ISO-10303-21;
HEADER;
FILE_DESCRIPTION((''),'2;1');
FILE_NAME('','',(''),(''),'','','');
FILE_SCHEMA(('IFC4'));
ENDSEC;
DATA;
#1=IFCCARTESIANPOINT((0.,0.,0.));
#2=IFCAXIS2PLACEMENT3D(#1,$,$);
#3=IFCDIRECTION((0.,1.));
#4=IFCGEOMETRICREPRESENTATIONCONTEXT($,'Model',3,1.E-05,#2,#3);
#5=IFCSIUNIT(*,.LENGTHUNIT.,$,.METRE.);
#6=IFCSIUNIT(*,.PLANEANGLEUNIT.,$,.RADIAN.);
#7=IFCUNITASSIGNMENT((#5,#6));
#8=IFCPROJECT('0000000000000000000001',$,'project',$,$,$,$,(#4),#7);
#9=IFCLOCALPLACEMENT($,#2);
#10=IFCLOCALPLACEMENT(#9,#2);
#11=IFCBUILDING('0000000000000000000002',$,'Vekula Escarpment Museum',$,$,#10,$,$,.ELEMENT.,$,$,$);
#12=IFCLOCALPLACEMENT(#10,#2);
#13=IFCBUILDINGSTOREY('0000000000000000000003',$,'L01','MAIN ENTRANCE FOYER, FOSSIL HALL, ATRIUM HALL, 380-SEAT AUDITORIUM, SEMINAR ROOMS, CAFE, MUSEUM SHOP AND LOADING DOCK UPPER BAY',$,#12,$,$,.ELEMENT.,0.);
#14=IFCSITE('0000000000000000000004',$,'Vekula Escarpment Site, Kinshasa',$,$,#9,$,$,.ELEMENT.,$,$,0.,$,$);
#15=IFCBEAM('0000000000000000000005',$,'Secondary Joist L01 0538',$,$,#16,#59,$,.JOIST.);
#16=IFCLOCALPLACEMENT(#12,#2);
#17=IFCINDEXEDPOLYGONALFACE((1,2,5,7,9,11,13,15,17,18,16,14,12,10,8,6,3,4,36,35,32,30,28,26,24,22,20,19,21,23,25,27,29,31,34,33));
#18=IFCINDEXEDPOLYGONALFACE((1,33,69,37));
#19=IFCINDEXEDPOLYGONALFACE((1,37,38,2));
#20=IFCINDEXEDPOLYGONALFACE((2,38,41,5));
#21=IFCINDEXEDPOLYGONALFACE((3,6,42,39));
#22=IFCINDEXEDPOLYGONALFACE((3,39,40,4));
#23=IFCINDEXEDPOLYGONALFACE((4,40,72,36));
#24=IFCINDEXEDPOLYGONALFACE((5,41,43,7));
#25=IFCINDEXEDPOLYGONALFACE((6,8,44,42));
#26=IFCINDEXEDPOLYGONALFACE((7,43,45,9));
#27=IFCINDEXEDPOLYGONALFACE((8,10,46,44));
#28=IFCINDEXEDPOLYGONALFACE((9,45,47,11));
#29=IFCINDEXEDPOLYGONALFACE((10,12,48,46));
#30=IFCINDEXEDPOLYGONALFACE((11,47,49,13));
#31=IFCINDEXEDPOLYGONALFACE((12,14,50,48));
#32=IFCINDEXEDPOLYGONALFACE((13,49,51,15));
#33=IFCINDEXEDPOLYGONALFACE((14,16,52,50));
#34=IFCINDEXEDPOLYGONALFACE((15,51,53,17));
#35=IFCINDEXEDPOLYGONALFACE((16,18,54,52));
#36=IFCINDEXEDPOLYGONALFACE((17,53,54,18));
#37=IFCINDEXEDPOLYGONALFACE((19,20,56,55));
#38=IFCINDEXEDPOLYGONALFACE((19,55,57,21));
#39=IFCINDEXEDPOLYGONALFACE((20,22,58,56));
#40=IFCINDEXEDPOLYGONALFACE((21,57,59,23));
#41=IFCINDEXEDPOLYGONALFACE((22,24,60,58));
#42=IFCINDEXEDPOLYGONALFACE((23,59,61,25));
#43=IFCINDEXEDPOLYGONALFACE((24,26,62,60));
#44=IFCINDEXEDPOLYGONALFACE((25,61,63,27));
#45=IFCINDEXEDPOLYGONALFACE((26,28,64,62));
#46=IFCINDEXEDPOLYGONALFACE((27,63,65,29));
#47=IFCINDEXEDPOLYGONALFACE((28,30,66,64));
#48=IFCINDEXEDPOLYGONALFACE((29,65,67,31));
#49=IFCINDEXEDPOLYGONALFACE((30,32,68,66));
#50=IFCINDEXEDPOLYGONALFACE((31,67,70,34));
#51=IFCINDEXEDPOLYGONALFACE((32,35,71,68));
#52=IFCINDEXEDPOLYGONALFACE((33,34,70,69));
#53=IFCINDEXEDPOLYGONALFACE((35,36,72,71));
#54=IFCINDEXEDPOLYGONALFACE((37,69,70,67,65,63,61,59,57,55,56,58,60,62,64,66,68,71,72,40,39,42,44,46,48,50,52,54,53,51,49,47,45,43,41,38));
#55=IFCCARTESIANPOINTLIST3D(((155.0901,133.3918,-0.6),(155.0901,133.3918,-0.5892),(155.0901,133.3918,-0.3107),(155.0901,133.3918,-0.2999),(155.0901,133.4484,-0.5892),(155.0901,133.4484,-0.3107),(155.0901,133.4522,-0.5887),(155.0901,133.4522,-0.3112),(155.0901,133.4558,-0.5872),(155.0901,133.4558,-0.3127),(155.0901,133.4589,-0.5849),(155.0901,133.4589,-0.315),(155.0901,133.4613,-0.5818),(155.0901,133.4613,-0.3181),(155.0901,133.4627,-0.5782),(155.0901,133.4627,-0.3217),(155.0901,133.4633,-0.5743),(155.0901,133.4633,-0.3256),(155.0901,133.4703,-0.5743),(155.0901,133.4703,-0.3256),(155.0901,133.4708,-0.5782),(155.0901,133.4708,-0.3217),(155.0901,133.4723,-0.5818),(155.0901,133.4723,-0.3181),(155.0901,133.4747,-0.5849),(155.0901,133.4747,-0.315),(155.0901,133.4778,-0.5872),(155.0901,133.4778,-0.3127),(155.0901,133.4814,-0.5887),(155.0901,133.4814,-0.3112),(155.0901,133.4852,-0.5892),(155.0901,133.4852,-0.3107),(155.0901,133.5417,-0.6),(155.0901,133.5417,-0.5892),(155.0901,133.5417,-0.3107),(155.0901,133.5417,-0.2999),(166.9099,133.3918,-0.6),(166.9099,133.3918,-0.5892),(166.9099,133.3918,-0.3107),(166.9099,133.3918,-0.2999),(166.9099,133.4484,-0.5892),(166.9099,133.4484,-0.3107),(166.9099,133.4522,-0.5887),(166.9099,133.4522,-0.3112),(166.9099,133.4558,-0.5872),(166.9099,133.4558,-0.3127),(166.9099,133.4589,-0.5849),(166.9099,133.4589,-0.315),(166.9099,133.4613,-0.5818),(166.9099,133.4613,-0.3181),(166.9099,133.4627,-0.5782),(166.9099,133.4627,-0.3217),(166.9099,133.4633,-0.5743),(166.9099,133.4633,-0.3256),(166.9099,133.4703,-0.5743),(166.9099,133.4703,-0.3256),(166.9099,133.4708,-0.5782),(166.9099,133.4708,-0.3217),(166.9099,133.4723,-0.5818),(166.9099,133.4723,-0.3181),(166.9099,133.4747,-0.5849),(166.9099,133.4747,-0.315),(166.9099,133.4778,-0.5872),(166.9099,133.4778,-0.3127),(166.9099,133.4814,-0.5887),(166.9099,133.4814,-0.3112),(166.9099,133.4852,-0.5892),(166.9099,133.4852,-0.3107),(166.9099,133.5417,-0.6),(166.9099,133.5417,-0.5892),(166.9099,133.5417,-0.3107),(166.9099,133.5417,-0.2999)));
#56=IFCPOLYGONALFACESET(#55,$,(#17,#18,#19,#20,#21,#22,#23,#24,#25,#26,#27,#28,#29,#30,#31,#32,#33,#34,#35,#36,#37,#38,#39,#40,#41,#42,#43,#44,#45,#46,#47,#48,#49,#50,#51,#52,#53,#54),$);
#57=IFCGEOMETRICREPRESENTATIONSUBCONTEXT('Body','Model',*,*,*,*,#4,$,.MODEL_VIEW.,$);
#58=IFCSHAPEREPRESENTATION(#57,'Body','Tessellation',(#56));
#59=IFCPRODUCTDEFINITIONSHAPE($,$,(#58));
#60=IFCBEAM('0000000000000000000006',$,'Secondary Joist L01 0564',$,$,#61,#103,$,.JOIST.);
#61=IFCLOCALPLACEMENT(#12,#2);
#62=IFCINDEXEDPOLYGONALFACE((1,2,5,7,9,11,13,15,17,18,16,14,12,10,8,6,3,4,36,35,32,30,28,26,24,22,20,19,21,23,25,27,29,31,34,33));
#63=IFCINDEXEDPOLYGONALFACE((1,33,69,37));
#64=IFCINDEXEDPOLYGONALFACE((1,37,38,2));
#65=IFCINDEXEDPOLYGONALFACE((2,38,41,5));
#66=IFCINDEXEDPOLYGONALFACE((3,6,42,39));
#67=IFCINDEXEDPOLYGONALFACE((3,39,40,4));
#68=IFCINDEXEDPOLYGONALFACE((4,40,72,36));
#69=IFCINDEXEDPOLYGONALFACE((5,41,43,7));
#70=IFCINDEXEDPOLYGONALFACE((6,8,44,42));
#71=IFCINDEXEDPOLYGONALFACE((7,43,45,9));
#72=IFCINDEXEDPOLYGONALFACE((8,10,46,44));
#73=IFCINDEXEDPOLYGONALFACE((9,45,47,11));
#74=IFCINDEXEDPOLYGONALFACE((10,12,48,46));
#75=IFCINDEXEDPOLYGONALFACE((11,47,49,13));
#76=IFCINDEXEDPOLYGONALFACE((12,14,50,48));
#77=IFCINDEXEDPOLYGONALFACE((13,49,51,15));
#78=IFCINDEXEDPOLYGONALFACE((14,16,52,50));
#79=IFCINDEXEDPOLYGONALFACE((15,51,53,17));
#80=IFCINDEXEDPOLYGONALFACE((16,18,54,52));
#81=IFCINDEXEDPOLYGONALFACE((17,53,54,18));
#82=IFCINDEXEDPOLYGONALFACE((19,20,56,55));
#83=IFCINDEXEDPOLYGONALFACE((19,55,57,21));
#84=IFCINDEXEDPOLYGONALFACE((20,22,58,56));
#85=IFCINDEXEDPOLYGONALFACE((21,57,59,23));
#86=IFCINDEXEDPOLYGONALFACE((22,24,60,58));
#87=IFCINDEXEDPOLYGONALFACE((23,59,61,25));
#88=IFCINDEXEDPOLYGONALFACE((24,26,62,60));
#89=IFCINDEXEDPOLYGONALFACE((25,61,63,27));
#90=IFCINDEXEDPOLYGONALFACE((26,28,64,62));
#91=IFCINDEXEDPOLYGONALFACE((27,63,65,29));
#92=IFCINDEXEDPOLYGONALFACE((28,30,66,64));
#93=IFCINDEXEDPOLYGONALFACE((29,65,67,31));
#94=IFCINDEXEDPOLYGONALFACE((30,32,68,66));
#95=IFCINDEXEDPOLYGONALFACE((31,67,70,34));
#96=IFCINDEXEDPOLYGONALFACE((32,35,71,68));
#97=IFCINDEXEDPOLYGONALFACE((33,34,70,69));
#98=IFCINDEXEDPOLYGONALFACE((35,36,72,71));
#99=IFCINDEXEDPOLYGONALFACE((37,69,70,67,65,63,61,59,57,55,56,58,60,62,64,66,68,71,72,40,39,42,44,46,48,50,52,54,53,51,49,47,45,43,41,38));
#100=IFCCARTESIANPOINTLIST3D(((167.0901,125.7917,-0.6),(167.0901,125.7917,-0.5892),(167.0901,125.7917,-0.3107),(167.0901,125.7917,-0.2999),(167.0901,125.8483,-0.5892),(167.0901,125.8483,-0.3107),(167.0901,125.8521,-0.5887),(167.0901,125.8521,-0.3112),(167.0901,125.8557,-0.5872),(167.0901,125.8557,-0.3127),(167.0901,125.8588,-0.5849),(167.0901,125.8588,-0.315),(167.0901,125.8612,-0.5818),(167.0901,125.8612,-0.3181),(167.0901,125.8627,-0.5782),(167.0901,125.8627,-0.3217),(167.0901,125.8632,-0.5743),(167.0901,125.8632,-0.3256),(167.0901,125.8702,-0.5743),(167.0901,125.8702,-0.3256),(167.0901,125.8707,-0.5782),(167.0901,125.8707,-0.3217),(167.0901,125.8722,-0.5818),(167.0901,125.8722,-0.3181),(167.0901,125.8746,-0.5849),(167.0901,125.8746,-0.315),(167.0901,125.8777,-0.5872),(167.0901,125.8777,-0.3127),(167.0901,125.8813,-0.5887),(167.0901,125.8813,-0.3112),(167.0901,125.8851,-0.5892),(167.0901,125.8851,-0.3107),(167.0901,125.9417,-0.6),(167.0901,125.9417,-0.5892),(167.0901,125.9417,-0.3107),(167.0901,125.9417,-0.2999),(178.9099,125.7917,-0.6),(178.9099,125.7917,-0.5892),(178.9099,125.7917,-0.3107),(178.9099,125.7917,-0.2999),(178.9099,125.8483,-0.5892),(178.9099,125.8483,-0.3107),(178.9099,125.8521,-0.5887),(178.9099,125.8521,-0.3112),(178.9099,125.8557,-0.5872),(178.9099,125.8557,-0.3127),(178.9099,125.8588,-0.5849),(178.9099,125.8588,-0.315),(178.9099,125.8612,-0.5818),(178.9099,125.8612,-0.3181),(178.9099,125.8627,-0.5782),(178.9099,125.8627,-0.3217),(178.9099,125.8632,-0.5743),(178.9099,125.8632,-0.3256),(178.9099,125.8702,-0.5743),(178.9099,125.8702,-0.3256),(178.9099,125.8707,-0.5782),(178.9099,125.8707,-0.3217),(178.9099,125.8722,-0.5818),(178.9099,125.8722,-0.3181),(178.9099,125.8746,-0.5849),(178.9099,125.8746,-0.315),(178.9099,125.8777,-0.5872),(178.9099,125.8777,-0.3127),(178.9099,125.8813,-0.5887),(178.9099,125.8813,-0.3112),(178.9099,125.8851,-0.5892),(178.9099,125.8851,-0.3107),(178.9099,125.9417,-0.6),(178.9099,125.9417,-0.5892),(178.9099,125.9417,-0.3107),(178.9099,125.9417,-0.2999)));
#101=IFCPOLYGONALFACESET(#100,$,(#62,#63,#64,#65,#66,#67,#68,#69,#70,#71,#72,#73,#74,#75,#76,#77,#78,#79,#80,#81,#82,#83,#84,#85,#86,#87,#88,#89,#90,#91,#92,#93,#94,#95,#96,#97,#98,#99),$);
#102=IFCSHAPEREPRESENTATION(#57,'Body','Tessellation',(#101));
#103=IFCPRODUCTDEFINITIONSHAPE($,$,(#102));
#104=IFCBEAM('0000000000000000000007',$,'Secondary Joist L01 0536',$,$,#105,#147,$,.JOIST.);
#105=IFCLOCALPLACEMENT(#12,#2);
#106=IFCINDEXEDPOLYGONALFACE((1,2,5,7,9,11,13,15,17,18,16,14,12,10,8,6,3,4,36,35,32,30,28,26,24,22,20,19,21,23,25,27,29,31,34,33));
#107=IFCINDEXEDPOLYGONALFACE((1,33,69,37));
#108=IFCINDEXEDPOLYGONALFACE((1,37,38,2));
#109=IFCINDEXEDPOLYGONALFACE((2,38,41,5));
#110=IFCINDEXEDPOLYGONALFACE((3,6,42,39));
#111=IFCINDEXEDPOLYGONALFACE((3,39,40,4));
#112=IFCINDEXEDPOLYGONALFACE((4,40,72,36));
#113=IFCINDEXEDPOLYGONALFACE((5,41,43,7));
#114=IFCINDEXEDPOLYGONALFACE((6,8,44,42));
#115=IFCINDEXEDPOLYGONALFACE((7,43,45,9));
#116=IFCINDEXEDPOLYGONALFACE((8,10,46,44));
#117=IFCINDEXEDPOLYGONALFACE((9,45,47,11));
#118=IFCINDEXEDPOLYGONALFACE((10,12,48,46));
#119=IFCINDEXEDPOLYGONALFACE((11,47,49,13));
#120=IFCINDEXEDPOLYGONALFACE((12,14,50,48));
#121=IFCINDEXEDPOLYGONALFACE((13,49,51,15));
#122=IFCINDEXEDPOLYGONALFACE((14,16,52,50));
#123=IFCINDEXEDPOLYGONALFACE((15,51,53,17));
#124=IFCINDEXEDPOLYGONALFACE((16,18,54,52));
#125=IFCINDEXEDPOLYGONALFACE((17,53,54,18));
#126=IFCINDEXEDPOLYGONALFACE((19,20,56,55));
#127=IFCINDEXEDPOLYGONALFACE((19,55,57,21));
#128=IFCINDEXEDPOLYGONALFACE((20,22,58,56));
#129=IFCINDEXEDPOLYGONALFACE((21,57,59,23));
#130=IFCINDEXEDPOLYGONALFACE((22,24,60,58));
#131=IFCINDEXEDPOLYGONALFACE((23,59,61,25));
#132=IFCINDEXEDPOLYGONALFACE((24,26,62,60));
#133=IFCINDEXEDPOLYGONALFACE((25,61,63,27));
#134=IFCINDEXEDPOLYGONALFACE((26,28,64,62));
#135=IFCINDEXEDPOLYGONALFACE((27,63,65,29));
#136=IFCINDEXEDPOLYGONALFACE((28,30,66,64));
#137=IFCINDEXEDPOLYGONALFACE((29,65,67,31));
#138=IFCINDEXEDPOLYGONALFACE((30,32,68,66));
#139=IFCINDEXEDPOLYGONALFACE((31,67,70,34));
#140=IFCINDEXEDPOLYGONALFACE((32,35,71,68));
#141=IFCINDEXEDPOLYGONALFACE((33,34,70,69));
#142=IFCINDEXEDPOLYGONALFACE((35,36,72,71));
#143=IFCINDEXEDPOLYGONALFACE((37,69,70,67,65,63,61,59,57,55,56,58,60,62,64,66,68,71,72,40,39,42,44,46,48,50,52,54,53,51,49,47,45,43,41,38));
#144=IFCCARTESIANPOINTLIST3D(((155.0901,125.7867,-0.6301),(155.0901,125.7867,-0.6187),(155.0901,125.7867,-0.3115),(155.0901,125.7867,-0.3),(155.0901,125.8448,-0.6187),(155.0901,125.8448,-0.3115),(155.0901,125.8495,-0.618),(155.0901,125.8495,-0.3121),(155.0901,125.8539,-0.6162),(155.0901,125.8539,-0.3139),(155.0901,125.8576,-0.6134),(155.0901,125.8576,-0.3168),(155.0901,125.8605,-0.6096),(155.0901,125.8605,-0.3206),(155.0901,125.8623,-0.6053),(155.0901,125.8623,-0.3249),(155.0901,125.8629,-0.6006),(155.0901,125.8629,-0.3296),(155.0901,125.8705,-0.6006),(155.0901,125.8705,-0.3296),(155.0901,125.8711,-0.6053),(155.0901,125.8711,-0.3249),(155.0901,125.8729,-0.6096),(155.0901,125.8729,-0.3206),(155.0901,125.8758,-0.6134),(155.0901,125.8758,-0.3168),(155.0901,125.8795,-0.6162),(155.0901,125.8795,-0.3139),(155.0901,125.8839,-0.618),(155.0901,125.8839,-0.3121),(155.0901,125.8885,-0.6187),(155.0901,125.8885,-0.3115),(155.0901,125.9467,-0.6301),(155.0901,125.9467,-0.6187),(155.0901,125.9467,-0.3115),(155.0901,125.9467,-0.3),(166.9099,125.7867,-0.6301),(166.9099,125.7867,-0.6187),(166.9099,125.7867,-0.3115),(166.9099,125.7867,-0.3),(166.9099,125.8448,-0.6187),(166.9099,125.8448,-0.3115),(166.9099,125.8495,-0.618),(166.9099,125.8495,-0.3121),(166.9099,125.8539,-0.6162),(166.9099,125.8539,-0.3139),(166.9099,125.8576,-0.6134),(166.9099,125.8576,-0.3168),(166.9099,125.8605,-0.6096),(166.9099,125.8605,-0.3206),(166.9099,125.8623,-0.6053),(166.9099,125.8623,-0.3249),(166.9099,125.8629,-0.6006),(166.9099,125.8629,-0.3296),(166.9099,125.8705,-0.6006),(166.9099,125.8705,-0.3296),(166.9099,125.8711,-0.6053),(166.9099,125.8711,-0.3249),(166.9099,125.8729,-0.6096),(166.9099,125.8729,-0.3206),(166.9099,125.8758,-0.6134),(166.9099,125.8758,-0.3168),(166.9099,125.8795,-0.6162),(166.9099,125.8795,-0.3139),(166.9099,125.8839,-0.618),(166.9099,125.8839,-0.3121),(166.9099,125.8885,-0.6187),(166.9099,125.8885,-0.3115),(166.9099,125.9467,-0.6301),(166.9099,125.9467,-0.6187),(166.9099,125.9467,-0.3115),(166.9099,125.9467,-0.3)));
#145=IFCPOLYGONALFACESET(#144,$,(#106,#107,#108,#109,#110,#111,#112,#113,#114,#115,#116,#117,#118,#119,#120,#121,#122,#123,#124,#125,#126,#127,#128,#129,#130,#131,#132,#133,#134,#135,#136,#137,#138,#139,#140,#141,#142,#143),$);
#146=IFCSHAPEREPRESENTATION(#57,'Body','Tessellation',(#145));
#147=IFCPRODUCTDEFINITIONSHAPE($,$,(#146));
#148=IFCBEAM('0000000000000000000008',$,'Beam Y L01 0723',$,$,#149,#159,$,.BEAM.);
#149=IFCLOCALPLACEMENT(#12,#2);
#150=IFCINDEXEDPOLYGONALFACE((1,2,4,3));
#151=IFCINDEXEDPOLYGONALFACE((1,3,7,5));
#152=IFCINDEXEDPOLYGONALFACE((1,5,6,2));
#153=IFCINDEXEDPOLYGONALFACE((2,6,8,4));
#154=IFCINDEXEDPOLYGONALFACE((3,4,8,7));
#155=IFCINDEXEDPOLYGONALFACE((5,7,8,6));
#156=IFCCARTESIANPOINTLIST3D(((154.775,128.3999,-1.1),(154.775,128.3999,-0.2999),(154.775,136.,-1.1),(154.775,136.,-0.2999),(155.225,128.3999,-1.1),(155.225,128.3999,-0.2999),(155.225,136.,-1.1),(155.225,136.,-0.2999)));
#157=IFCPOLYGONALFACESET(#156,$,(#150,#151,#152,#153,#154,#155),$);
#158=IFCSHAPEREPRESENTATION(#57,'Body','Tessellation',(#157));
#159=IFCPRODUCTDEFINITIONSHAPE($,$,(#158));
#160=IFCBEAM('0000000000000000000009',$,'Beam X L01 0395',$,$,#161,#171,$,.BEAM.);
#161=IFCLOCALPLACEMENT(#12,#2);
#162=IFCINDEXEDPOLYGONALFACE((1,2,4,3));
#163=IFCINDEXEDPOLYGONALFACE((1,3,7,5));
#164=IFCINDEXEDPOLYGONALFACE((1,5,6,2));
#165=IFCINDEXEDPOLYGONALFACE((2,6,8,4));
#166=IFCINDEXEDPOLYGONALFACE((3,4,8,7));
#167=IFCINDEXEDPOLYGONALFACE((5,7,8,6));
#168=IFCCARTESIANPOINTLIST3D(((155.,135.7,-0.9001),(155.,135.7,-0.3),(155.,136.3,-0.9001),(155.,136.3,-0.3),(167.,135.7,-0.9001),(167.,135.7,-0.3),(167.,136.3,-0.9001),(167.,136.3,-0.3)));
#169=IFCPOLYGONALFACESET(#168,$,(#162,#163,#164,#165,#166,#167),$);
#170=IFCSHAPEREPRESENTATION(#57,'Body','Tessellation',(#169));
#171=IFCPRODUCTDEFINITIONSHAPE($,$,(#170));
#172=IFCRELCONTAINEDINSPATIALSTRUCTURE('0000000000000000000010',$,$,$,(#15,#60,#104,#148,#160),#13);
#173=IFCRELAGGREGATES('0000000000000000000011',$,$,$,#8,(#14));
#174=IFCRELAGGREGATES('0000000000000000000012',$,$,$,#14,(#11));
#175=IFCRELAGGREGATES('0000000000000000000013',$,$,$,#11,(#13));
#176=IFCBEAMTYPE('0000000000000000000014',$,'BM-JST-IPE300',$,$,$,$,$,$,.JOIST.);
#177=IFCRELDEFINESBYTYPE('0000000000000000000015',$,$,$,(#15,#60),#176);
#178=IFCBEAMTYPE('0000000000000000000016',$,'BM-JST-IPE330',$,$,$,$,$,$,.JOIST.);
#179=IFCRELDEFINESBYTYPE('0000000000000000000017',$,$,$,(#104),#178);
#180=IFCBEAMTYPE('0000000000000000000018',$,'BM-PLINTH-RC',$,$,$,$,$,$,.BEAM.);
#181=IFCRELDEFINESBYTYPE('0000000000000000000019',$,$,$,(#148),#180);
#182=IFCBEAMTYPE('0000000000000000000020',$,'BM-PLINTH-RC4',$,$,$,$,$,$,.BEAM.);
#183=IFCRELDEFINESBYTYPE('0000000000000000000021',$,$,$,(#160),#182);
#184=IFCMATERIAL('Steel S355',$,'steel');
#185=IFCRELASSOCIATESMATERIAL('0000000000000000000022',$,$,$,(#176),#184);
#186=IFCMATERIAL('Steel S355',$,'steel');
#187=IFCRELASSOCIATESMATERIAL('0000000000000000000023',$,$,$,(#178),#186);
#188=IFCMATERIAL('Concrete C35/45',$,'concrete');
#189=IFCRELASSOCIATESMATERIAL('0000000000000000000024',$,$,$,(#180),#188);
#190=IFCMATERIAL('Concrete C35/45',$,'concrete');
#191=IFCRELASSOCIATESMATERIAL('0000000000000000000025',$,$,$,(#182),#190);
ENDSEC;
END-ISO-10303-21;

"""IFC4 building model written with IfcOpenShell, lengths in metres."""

from ifc_helpers import new_model, si_unit, direction, frame, origin, origin_2d, place, context, subcontext, project, spatial, rectangle, i_section, extrude, material, material_profile, profile_set, type_object, element, save


model = new_model("IFC4")

# Units and contexts
model_context = context("Model", 3, precision=1e-05, world=origin(), true_north=direction((0.0, 1.0)))
body_context = subcontext(model_context, "Body", "Model", "MODEL_VIEW")
ifc_project = project(units=[si_unit("LENGTHUNIT", "METRE"), si_unit("PLANEANGLEUNIT", "RADIAN")], contexts=[model_context])

# Site, building, storey
site_placement = place(None, origin())
site = spatial("IfcSite", under=ifc_project, at=site_placement, Name="Vekula Escarpment Site, Kinshasa", CompositionType="ELEMENT", RefElevation=0.0)
building_placement = place(site_placement, origin())
building = spatial("IfcBuilding", under=site, at=building_placement, Name="Vekula Escarpment Museum", CompositionType="ELEMENT")
storey_placement = place(building_placement, origin())
storey = spatial("IfcBuildingStorey", under=building, at=storey_placement, Name="L01", Description="MAIN ENTRANCE FOYER, FOSSIL HALL, ATRIUM HALL, 380-SEAT AUDITORIUM, SEMINAR ROOMS, CAFE, MUSEUM SHOP AND LOADING DOCK UPPER BAY", CompositionType="ELEMENT", Elevation=0.0)

# Beams
ifc_material_1 = material(Name="Steel S355", Category="steel")
ifc_material_profile_1 = material_profile(ifc_material_1, i_section(OverallWidth=0.1499, OverallDepth=0.3, WebThickness=0.0071, FlangeThickness=0.0107, FilletRadius=0.0149, at=origin_2d()), Name="IPE 300")
ifc_profile_set_1 = profile_set([ifc_material_profile_1], Name="Steel S355")
beam_type_1 = type_object("IfcBeamType", Name="BM-JST-IPE300", PredefinedType="JOIST", material=ifc_profile_set_1)
for number, where, z_axis, x_axis, name in (
    (1, (155.0901, 133.4668, -0.45), (1.0, 0.0, 0.0), (0.0, 1.0, 0.0), "Secondary Joist L01 0538"),
    (2, (167.0901, 125.8667, -0.45), (1.0, 0.0, 0.0), (0.0, 1.0, 0.0), "Secondary Joist L01 0564"),
):
    element("IfcBeam", number, at=place(storey_placement, frame(where, z_axis=z_axis, x_axis=x_axis)), inside=storey, type_object=beam_type_1, Name=name, PredefinedType="JOIST", context=body_context, shape_type="SweptSolid", body=[
        extrude(i_section(OverallWidth=0.1499, OverallDepth=0.3, WebThickness=0.0071, FlangeThickness=0.0107, FilletRadius=0.0149, at=origin_2d()), origin(), (0.0, 0.0, 1.0), 11.8198),
    ])
ifc_material_2 = material(Name="Steel S355", Category="steel")
ifc_material_profile_2 = material_profile(ifc_material_2, i_section(OverallWidth=0.1599, OverallDepth=0.3301, WebThickness=0.0076, FlangeThickness=0.0115, FilletRadius=0.0181, at=origin_2d()), Name="IPE 330")
ifc_profile_set_2 = profile_set([ifc_material_profile_2], Name="Steel S355")
beam_type_2 = type_object("IfcBeamType", Name="BM-JST-IPE330", PredefinedType="JOIST", material=ifc_profile_set_2)
beam_1_placement = place(storey_placement, frame((155.0901, 125.8667, -0.4651), z_axis=(1.0, 0.0, 0.0), x_axis=(0.0, 1.0, 0.0)))
element("IfcBeam", 3, at=beam_1_placement, inside=storey, type_object=beam_type_2, Name="Secondary Joist L01 0536", PredefinedType="JOIST", context=body_context, shape_type="SweptSolid", body=[
    extrude(i_section(OverallWidth=0.1599, OverallDepth=0.3301, WebThickness=0.0076, FlangeThickness=0.0115, FilletRadius=0.0181, at=origin_2d()), origin(), (0.0, 0.0, 1.0), 11.8198),
])
ifc_material_3 = material(Name="Concrete C35/45", Category="concrete")
ifc_material_profile_3 = material_profile(ifc_material_3, rectangle(XDim=0.45, YDim=0.8, at=origin_2d()), Name="RC 450x800")
ifc_profile_set_3 = profile_set([ifc_material_profile_3], Name="Concrete C35/45")
beam_type_3 = type_object("IfcBeamType", Name="BM-PLINTH-RC", PredefinedType="BEAM", material=ifc_profile_set_3)
beam_2_placement = place(storey_placement, frame((155.0, 128.3999, -0.7), z_axis=(0.0, 1.0, 0.0), x_axis=(-1.0, 0.0, 0.0)))
element("IfcBeam", 4, at=beam_2_placement, inside=storey, type_object=beam_type_3, Name="Beam Y L01 0723", PredefinedType="BEAM", context=body_context, shape_type="SweptSolid", body=[
    extrude(rectangle(XDim=0.45, YDim=0.8, at=origin_2d()), origin(), (0.0, 0.0, 1.0), 7.6001),
])
ifc_material_4 = material(Name="Concrete C35/45", Category="concrete")
ifc_material_profile_4 = material_profile(ifc_material_4, rectangle(XDim=0.6001, YDim=0.6001, at=origin_2d()), Name="RC 600x600")
ifc_profile_set_4 = profile_set([ifc_material_profile_4], Name="Concrete C35/45")
beam_type_4 = type_object("IfcBeamType", Name="BM-PLINTH-RC4", PredefinedType="BEAM", material=ifc_profile_set_4)
beam_3_placement = place(storey_placement, frame((155.0, 136.0, -0.6001), z_axis=(1.0, 0.0, 0.0), x_axis=(0.0, 1.0, 0.0)))
element("IfcBeam", 5, at=beam_3_placement, inside=storey, type_object=beam_type_4, Name="Beam X L01 0395", PredefinedType="BEAM", context=body_context, shape_type="SweptSolid", body=[
    extrude(rectangle(XDim=0.6001, YDim=0.6001, at=origin_2d()), origin(), (0.0, 0.0, 1.0), 12.0),
])

save(model, "model.ifc")
